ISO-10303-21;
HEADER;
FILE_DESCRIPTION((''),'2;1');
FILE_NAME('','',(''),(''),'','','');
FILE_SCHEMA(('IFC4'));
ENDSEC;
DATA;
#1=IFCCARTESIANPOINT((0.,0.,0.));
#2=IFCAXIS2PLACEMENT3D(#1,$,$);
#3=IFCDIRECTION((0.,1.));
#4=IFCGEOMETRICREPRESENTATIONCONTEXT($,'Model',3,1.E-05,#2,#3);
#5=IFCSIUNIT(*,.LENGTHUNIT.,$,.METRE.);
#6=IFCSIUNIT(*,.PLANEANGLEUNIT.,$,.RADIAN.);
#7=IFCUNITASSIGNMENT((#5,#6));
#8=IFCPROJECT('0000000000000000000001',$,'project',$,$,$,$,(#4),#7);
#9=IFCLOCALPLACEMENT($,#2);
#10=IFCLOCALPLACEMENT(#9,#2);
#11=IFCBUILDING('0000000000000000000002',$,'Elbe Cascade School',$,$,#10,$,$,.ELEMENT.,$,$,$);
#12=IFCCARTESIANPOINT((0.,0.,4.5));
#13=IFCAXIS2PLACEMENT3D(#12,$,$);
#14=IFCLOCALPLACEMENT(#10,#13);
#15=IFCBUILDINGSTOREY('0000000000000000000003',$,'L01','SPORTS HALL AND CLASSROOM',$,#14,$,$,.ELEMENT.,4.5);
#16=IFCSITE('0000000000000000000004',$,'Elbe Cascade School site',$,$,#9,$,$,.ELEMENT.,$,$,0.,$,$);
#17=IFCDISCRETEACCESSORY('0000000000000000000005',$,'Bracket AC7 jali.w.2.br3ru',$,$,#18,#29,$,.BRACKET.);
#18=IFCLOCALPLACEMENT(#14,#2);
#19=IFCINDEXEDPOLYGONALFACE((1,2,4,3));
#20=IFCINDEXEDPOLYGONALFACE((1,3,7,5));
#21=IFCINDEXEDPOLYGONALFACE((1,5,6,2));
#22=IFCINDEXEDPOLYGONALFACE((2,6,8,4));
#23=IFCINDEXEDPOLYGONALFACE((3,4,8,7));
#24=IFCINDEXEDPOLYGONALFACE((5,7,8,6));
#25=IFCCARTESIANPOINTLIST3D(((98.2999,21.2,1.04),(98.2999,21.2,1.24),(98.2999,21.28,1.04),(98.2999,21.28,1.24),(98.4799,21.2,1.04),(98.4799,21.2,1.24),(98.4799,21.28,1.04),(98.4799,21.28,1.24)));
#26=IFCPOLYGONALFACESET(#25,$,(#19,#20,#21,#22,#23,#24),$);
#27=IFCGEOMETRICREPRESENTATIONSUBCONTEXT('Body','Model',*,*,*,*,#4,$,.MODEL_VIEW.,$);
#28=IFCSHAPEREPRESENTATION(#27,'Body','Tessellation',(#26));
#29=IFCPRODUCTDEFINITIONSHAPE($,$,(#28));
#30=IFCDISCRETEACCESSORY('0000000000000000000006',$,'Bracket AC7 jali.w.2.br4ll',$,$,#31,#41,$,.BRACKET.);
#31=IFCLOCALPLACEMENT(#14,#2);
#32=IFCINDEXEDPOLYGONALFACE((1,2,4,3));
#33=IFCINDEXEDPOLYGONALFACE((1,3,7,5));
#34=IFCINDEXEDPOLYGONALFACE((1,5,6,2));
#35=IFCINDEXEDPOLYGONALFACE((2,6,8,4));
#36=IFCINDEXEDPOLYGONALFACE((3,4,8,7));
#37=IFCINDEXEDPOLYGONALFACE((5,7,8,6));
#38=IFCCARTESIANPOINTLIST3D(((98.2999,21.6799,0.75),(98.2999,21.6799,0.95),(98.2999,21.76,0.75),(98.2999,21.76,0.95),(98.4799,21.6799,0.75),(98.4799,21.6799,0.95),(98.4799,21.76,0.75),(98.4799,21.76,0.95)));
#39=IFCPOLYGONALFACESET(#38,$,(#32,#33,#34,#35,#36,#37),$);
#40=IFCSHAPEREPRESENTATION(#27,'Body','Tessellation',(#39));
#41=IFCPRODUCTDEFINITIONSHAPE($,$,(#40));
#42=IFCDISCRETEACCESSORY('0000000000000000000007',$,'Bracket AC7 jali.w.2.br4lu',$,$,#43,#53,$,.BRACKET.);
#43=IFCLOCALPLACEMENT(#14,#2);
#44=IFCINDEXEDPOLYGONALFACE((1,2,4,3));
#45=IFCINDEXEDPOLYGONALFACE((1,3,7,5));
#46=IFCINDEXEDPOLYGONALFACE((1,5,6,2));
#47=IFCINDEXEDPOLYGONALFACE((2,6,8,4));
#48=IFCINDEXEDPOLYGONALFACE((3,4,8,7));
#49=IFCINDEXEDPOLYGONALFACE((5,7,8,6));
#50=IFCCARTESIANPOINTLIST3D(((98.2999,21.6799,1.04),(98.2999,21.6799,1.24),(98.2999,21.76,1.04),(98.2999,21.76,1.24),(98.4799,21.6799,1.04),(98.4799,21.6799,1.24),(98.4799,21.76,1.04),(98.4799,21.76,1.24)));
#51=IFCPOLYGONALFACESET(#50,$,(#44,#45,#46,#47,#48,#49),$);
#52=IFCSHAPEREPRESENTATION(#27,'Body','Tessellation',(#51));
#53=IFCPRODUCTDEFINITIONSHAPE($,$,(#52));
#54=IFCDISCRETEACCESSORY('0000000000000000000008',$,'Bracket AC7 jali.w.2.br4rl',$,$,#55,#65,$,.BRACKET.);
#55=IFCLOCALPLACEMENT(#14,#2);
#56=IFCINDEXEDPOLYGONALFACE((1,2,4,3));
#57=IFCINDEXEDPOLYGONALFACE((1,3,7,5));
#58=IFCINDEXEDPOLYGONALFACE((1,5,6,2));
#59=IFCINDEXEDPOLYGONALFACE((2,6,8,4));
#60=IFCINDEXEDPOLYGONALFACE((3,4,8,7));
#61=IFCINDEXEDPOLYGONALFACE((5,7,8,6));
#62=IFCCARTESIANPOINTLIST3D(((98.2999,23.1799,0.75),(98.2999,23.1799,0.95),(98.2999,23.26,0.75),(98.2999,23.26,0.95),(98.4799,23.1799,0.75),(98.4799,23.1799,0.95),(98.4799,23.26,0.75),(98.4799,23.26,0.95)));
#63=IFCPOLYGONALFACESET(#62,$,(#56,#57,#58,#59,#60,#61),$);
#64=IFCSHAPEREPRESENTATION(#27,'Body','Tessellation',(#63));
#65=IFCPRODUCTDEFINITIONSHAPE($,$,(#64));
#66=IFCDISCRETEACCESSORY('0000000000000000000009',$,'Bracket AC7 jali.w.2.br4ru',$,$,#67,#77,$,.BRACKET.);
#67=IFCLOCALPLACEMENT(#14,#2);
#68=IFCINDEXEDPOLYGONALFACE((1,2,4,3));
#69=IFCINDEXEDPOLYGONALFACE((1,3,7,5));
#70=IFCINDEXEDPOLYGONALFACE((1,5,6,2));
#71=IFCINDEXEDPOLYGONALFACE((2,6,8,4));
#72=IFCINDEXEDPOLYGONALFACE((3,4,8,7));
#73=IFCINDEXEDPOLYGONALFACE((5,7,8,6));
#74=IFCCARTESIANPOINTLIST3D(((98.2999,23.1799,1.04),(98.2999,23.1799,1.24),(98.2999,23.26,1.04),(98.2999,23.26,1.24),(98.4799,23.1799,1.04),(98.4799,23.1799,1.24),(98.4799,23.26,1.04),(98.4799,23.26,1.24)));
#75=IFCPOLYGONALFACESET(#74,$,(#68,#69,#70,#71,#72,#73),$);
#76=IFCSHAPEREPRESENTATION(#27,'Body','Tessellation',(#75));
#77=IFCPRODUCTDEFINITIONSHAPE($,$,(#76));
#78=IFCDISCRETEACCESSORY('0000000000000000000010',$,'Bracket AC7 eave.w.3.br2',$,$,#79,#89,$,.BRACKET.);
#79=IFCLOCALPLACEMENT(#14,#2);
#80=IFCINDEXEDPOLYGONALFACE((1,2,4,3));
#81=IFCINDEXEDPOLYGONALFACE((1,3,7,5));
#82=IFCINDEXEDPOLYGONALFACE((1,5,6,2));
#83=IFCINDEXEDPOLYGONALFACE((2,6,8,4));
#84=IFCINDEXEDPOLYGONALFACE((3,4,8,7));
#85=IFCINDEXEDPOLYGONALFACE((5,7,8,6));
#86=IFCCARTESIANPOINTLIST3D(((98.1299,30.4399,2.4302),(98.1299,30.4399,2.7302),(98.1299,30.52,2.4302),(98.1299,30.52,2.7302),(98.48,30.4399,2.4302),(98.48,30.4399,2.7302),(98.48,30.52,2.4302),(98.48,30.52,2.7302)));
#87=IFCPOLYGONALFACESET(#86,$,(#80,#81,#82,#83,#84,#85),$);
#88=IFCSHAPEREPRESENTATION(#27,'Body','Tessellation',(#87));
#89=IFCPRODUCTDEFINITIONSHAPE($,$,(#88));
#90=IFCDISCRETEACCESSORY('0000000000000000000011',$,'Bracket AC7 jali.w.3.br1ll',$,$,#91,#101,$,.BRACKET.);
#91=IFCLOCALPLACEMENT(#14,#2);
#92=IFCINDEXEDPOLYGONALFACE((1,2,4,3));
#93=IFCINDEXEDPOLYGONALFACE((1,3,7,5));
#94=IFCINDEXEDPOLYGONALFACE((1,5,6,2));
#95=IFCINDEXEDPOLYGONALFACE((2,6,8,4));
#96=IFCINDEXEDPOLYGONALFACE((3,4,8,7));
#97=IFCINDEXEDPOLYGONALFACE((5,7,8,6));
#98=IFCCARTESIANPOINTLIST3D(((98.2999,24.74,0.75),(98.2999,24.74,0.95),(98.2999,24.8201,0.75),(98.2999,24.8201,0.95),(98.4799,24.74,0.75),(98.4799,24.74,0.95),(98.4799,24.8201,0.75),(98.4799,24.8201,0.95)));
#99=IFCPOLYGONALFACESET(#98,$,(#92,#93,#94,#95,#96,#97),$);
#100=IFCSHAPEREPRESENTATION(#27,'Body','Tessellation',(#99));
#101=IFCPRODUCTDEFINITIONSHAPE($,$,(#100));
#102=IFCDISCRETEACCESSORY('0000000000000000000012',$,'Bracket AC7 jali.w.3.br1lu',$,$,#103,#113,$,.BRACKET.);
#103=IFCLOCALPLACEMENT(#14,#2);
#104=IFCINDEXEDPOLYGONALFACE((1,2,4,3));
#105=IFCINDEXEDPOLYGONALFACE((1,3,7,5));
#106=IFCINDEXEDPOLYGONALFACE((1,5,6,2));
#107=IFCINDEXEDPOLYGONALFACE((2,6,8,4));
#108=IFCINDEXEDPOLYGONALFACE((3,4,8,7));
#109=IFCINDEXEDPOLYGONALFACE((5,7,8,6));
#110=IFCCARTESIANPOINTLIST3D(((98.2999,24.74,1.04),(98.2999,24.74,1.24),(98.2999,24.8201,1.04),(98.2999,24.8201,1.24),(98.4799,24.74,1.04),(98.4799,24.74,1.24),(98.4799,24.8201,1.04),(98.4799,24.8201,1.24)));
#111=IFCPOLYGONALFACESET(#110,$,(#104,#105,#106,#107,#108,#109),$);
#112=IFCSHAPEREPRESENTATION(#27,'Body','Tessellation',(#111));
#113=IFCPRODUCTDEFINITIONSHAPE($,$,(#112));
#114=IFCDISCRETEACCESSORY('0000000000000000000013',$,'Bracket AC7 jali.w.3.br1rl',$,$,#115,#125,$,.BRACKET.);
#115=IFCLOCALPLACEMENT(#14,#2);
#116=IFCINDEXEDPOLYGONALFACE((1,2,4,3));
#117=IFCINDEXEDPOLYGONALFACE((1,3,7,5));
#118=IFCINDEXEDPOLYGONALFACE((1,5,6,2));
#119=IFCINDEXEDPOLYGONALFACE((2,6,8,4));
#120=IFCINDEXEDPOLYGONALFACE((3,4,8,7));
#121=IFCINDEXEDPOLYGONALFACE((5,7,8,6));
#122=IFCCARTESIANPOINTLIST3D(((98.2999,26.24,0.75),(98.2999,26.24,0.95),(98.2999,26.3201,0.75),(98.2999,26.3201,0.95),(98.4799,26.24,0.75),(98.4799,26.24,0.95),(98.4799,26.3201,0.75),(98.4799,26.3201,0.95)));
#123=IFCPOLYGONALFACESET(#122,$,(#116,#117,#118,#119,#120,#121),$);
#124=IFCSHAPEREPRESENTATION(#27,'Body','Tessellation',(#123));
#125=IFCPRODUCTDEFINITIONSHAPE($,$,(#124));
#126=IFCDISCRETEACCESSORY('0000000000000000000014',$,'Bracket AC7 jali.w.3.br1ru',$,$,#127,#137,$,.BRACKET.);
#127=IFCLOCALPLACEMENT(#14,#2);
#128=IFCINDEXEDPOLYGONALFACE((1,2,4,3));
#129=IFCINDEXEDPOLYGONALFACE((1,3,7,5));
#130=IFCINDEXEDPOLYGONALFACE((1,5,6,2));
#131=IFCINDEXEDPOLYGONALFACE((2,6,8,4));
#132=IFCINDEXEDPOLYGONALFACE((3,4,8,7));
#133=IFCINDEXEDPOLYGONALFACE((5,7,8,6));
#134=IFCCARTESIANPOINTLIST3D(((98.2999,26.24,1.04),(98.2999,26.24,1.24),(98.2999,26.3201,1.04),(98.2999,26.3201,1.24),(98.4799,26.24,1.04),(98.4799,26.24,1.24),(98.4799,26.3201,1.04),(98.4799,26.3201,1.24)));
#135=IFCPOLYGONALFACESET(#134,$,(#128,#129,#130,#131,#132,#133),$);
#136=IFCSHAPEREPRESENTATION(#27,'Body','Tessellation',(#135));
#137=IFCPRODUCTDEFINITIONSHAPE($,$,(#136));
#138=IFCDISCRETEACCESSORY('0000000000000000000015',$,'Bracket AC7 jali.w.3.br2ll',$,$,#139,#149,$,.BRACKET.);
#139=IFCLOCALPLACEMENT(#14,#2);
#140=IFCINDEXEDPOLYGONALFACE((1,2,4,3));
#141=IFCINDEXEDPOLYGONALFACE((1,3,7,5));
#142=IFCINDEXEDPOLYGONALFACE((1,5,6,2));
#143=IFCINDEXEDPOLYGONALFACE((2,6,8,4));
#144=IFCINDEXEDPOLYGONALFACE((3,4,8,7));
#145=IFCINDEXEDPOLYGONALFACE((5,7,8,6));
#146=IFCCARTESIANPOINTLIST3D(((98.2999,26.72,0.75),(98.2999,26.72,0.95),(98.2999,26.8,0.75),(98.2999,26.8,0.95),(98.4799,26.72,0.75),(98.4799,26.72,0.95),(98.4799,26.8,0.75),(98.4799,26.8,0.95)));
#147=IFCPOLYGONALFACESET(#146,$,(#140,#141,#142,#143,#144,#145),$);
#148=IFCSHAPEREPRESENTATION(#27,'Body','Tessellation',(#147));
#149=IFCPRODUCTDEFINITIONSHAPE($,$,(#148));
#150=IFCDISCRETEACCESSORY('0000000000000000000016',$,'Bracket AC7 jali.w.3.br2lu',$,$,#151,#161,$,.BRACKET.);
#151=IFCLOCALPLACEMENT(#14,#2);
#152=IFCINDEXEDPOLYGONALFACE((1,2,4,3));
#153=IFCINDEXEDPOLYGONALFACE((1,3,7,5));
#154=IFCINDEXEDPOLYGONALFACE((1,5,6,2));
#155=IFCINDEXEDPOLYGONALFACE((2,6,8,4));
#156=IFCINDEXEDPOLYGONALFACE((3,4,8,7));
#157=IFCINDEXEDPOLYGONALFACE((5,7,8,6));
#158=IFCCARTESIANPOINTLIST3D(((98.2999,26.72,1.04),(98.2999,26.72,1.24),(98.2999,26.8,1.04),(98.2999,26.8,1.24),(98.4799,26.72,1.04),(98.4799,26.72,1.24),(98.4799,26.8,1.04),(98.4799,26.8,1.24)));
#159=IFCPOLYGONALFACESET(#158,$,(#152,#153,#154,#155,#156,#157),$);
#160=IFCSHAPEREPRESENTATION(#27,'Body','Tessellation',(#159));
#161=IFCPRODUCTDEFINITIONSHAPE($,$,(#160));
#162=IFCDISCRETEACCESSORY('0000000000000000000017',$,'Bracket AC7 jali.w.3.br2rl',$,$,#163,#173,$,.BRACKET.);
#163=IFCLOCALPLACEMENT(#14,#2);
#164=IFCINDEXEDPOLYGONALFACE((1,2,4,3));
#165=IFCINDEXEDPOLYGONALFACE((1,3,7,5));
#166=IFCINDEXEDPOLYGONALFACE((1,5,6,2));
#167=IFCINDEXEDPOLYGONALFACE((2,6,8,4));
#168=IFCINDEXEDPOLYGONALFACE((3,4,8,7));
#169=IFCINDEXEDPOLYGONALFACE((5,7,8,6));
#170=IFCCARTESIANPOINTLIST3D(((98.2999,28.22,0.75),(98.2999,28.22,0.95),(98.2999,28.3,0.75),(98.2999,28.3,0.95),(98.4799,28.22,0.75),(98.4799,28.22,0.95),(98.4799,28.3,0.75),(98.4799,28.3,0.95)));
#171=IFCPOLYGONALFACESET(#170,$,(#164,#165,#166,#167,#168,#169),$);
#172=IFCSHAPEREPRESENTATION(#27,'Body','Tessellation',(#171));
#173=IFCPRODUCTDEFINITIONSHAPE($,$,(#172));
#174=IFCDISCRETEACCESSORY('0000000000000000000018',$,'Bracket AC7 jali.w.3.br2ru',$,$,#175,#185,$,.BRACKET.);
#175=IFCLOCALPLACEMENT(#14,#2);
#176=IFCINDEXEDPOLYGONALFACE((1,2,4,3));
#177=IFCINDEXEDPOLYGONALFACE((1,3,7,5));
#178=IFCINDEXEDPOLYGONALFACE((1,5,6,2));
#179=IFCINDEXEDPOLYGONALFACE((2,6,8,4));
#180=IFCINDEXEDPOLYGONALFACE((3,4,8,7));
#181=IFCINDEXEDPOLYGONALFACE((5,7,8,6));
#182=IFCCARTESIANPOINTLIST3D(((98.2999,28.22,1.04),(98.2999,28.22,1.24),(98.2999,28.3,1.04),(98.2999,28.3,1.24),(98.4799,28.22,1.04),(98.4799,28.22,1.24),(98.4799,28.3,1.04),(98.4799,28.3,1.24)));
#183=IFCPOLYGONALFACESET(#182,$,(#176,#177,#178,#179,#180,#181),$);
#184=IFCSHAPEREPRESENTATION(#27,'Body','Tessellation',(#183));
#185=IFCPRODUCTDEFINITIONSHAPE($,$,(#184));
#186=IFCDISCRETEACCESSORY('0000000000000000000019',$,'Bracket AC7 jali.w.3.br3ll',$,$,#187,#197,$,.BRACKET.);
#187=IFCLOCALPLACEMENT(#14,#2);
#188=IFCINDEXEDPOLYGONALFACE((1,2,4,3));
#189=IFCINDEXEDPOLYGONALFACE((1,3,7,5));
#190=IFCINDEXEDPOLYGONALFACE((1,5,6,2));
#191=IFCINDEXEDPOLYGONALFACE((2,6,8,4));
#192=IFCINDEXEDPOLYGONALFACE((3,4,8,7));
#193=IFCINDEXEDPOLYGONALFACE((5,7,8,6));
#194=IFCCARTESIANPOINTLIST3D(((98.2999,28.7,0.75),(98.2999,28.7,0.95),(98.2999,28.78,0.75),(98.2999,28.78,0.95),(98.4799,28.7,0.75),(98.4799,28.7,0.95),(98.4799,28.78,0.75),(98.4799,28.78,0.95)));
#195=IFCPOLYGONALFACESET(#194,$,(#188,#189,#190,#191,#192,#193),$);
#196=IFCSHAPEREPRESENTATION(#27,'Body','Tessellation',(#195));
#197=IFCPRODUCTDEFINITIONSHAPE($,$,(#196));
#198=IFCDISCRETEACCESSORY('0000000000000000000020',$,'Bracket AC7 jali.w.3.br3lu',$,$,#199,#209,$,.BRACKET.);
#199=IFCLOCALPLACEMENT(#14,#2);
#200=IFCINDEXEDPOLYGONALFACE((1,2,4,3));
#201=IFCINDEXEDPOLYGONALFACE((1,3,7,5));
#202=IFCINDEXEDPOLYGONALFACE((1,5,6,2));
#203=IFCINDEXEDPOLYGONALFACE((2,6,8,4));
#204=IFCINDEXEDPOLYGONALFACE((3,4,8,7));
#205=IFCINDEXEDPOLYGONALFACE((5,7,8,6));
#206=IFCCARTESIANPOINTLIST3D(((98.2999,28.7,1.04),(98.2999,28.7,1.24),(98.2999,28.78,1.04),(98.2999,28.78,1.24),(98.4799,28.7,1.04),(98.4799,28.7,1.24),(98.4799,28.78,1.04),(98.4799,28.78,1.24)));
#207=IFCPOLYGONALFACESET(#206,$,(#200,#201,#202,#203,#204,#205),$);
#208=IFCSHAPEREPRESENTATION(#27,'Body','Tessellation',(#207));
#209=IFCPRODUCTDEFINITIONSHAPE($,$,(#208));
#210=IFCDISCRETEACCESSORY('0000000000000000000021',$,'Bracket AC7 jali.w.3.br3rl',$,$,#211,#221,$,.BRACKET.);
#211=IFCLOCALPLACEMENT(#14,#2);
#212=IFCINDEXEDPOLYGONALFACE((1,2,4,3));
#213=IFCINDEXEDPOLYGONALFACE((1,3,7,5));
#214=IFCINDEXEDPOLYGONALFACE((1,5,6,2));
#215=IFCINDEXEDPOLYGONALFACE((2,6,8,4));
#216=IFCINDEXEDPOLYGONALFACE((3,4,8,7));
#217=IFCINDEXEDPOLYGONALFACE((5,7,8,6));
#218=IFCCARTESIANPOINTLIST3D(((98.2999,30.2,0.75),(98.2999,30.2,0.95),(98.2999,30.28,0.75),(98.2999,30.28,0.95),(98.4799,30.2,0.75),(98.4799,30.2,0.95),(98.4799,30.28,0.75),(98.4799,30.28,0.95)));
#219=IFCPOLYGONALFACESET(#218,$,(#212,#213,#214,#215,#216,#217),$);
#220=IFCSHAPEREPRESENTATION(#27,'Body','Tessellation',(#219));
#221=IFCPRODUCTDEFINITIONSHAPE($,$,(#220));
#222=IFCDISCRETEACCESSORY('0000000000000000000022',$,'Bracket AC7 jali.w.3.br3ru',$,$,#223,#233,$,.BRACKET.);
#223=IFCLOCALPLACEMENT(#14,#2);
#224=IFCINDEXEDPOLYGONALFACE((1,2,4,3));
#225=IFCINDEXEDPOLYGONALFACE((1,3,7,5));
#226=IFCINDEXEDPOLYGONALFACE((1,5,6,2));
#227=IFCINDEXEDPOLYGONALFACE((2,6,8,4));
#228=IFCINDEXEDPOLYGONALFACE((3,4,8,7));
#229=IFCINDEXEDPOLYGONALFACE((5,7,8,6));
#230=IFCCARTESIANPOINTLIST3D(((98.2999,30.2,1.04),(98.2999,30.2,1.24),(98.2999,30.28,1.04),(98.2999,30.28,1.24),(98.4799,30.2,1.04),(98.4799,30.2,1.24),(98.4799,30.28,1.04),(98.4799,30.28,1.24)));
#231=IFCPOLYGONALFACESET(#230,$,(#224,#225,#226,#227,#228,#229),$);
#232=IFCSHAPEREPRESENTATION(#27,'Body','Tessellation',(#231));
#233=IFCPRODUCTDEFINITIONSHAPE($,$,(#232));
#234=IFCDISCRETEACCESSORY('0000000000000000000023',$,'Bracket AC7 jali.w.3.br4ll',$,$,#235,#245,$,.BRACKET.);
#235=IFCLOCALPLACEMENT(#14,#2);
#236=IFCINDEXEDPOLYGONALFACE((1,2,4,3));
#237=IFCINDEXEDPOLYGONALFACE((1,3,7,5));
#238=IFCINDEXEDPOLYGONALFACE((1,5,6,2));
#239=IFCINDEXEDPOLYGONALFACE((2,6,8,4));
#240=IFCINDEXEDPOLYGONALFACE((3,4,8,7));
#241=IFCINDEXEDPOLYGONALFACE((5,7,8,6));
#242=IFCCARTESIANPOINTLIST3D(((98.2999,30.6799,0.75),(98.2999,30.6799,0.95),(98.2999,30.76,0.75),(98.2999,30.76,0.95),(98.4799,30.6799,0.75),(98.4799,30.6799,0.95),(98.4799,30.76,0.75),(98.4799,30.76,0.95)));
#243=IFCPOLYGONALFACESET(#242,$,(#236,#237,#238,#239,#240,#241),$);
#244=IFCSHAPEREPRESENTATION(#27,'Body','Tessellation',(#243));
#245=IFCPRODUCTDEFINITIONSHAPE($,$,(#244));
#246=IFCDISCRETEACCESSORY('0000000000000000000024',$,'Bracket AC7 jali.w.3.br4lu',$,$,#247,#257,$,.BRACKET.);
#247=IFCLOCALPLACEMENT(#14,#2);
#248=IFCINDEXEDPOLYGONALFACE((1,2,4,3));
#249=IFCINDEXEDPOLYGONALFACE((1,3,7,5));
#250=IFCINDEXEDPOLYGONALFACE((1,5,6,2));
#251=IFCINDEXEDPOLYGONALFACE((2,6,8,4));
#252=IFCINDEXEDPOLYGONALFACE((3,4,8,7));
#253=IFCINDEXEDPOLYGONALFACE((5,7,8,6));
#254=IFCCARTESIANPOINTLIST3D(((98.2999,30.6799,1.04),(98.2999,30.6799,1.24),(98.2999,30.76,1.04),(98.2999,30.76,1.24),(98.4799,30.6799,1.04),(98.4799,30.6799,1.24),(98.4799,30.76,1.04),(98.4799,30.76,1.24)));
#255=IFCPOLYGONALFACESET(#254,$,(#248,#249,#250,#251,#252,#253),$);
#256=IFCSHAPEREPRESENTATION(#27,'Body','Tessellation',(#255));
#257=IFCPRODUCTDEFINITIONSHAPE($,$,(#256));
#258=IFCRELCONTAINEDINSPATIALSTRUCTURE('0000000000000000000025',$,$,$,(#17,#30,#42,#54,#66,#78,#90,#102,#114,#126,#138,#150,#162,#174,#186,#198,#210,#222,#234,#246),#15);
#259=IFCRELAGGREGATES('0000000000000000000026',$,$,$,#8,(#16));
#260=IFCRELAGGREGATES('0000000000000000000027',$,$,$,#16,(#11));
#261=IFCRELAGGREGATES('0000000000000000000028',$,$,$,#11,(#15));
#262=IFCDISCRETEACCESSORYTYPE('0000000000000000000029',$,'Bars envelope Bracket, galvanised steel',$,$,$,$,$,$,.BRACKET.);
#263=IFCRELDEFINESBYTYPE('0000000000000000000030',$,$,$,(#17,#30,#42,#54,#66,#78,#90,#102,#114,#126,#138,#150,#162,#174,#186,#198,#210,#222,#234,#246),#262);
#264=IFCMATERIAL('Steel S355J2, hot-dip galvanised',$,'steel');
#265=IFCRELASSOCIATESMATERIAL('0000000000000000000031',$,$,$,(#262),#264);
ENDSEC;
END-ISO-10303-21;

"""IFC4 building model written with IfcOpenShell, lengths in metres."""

from ifc_helpers import new_model, si_unit, direction, frame, origin, origin_2d, place, context, subcontext, project, spatial, rectangle, extrude, material, type_object, element, save


model = new_model("IFC4")

# Units and contexts
model_context = context("Model", 3, precision=1e-05, world=origin(), true_north=direction((0.0, 1.0)))
body_context = subcontext(model_context, "Body", "Model", "MODEL_VIEW")
ifc_project = project(units=[si_unit("LENGTHUNIT", "METRE"), si_unit("PLANEANGLEUNIT", "RADIAN")], contexts=[model_context])

# Site, building, storey
site_placement = place(None, origin())
site = spatial("IfcSite", under=ifc_project, at=site_placement, Name="Elbe Cascade School site", CompositionType="ELEMENT", RefElevation=0.0)
building_placement = place(site_placement, origin())
building = spatial("IfcBuilding", under=site, at=building_placement, Name="Elbe Cascade School", CompositionType="ELEMENT")
storey_placement = place(building_placement, frame((0.0, 0.0, 4.5)))
storey = spatial("IfcBuildingStorey", under=building, at=storey_placement, Name="L01", Description="SPORTS HALL AND CLASSROOM", CompositionType="ELEMENT", Elevation=4.5)

# Discrete accessories
ifc_material = material(Name="Steel S355J2, hot-dip galvanised", Category="steel")
discrete_accessory_type = type_object("IfcDiscreteAccessoryType", Name="Bars envelope Bracket, galvanised steel", PredefinedType="BRACKET", material=ifc_material)
for number, where, z_axis, x_axis, name in (
    (1, (98.3899, 21.24, 1.04), (0.0, 0.0, 1.0), (0.0, 1.0, 0.0), "Bracket AC7 jali.w.2.br3ru"),
    (2, (98.3899, 21.72, 0.75), (0.0, 0.0, 1.0), (0.0, 1.0, 0.0), "Bracket AC7 jali.w.2.br4ll"),
    (3, (98.3899, 21.72, 1.04), (0.0, 0.0, 1.0), (0.0, 1.0, 0.0), "Bracket AC7 jali.w.2.br4lu"),
    (4, (98.3899, 23.22, 0.75), (0.0, 0.0, 1.0), (0.0, 1.0, 0.0), "Bracket AC7 jali.w.2.br4rl"),
    (5, (98.3899, 23.22, 1.04), (0.0, 0.0, 1.0), (0.0, 1.0, 0.0), "Bracket AC7 jali.w.2.br4ru"),
):
    element("IfcDiscreteAccessory", number, at=place(storey_placement, frame(where, z_axis=z_axis, x_axis=x_axis)), inside=storey, type_object=discrete_accessory_type, Name=name, PredefinedType="BRACKET", context=body_context, shape_type="SweptSolid", body=[
        extrude(rectangle(XDim=0.0801, YDim=0.1799, at=origin_2d()), origin(), (0.0, 0.0, 1.0), 0.2),
    ])
discrete_accessory_placement = place(storey_placement, frame((98.3049, 30.48, 2.4302), z_axis=(0.0, 0.0, 1.0), x_axis=(0.0, 1.0, 0.0)))
element("IfcDiscreteAccessory", 6, at=discrete_accessory_placement, inside=storey, type_object=discrete_accessory_type, Name="Bracket AC7 eave.w.3.br2", PredefinedType="BRACKET", context=body_context, shape_type="SweptSolid", body=[
    extrude(rectangle(XDim=0.0801, YDim=0.3501, at=origin_2d()), origin(), (0.0, 0.0, 1.0), 0.3),
])
for number, where, z_axis, x_axis, name in (
    (7, (98.3899, 24.78, 0.75), (0.0, 0.0, 1.0), (0.0, 1.0, 0.0), "Bracket AC7 jali.w.3.br1ll"),
    (8, (98.3899, 24.78, 1.04), (0.0, 0.0, 1.0), (0.0, 1.0, 0.0), "Bracket AC7 jali.w.3.br1lu"),
    (9, (98.3899, 26.28, 0.75), (0.0, 0.0, 1.0), (0.0, 1.0, 0.0), "Bracket AC7 jali.w.3.br1rl"),
    (10, (98.3899, 26.28, 1.04), (0.0, 0.0, 1.0), (0.0, 1.0, 0.0), "Bracket AC7 jali.w.3.br1ru"),
    (11, (98.3899, 26.76, 0.75), (0.0, 0.0, 1.0), (0.0, 1.0, 0.0), "Bracket AC7 jali.w.3.br2ll"),
    (12, (98.3899, 26.76, 1.04), (0.0, 0.0, 1.0), (0.0, 1.0, 0.0), "Bracket AC7 jali.w.3.br2lu"),
    (13, (98.3899, 28.26, 0.75), (0.0, 0.0, 1.0), (0.0, 1.0, 0.0), "Bracket AC7 jali.w.3.br2rl"),
    (14, (98.3899, 28.26, 1.04), (0.0, 0.0, 1.0), (0.0, 1.0, 0.0), "Bracket AC7 jali.w.3.br2ru"),
    (15, (98.3899, 28.74, 0.75), (0.0, 0.0, 1.0), (0.0, 1.0, 0.0), "Bracket AC7 jali.w.3.br3ll"),
    (16, (98.3899, 28.74, 1.04), (0.0, 0.0, 1.0), (0.0, 1.0, 0.0), "Bracket AC7 jali.w.3.br3lu"),
    (17, (98.3899, 30.24, 0.75), (0.0, 0.0, 1.0), (0.0, 1.0, 0.0), "Bracket AC7 jali.w.3.br3rl"),
    (18, (98.3899, 30.24, 1.04), (0.0, 0.0, 1.0), (0.0, 1.0, 0.0), "Bracket AC7 jali.w.3.br3ru"),
    (19, (98.3899, 30.72, 0.75), (0.0, 0.0, 1.0), (0.0, 1.0, 0.0), "Bracket AC7 jali.w.3.br4ll"),
    (20, (98.3899, 30.72, 1.04), (0.0, 0.0, 1.0), (0.0, 1.0, 0.0), "Bracket AC7 jali.w.3.br4lu"),
):
    element("IfcDiscreteAccessory", number, at=place(storey_placement, frame(where, z_axis=z_axis, x_axis=x_axis)), inside=storey, type_object=discrete_accessory_type, Name=name, PredefinedType="BRACKET", context=body_context, shape_type="SweptSolid", body=[
        extrude(rectangle(XDim=0.0801, YDim=0.1799, at=origin_2d()), origin(), (0.0, 0.0, 1.0), 0.2),
    ])

save(model, "model.ifc")
